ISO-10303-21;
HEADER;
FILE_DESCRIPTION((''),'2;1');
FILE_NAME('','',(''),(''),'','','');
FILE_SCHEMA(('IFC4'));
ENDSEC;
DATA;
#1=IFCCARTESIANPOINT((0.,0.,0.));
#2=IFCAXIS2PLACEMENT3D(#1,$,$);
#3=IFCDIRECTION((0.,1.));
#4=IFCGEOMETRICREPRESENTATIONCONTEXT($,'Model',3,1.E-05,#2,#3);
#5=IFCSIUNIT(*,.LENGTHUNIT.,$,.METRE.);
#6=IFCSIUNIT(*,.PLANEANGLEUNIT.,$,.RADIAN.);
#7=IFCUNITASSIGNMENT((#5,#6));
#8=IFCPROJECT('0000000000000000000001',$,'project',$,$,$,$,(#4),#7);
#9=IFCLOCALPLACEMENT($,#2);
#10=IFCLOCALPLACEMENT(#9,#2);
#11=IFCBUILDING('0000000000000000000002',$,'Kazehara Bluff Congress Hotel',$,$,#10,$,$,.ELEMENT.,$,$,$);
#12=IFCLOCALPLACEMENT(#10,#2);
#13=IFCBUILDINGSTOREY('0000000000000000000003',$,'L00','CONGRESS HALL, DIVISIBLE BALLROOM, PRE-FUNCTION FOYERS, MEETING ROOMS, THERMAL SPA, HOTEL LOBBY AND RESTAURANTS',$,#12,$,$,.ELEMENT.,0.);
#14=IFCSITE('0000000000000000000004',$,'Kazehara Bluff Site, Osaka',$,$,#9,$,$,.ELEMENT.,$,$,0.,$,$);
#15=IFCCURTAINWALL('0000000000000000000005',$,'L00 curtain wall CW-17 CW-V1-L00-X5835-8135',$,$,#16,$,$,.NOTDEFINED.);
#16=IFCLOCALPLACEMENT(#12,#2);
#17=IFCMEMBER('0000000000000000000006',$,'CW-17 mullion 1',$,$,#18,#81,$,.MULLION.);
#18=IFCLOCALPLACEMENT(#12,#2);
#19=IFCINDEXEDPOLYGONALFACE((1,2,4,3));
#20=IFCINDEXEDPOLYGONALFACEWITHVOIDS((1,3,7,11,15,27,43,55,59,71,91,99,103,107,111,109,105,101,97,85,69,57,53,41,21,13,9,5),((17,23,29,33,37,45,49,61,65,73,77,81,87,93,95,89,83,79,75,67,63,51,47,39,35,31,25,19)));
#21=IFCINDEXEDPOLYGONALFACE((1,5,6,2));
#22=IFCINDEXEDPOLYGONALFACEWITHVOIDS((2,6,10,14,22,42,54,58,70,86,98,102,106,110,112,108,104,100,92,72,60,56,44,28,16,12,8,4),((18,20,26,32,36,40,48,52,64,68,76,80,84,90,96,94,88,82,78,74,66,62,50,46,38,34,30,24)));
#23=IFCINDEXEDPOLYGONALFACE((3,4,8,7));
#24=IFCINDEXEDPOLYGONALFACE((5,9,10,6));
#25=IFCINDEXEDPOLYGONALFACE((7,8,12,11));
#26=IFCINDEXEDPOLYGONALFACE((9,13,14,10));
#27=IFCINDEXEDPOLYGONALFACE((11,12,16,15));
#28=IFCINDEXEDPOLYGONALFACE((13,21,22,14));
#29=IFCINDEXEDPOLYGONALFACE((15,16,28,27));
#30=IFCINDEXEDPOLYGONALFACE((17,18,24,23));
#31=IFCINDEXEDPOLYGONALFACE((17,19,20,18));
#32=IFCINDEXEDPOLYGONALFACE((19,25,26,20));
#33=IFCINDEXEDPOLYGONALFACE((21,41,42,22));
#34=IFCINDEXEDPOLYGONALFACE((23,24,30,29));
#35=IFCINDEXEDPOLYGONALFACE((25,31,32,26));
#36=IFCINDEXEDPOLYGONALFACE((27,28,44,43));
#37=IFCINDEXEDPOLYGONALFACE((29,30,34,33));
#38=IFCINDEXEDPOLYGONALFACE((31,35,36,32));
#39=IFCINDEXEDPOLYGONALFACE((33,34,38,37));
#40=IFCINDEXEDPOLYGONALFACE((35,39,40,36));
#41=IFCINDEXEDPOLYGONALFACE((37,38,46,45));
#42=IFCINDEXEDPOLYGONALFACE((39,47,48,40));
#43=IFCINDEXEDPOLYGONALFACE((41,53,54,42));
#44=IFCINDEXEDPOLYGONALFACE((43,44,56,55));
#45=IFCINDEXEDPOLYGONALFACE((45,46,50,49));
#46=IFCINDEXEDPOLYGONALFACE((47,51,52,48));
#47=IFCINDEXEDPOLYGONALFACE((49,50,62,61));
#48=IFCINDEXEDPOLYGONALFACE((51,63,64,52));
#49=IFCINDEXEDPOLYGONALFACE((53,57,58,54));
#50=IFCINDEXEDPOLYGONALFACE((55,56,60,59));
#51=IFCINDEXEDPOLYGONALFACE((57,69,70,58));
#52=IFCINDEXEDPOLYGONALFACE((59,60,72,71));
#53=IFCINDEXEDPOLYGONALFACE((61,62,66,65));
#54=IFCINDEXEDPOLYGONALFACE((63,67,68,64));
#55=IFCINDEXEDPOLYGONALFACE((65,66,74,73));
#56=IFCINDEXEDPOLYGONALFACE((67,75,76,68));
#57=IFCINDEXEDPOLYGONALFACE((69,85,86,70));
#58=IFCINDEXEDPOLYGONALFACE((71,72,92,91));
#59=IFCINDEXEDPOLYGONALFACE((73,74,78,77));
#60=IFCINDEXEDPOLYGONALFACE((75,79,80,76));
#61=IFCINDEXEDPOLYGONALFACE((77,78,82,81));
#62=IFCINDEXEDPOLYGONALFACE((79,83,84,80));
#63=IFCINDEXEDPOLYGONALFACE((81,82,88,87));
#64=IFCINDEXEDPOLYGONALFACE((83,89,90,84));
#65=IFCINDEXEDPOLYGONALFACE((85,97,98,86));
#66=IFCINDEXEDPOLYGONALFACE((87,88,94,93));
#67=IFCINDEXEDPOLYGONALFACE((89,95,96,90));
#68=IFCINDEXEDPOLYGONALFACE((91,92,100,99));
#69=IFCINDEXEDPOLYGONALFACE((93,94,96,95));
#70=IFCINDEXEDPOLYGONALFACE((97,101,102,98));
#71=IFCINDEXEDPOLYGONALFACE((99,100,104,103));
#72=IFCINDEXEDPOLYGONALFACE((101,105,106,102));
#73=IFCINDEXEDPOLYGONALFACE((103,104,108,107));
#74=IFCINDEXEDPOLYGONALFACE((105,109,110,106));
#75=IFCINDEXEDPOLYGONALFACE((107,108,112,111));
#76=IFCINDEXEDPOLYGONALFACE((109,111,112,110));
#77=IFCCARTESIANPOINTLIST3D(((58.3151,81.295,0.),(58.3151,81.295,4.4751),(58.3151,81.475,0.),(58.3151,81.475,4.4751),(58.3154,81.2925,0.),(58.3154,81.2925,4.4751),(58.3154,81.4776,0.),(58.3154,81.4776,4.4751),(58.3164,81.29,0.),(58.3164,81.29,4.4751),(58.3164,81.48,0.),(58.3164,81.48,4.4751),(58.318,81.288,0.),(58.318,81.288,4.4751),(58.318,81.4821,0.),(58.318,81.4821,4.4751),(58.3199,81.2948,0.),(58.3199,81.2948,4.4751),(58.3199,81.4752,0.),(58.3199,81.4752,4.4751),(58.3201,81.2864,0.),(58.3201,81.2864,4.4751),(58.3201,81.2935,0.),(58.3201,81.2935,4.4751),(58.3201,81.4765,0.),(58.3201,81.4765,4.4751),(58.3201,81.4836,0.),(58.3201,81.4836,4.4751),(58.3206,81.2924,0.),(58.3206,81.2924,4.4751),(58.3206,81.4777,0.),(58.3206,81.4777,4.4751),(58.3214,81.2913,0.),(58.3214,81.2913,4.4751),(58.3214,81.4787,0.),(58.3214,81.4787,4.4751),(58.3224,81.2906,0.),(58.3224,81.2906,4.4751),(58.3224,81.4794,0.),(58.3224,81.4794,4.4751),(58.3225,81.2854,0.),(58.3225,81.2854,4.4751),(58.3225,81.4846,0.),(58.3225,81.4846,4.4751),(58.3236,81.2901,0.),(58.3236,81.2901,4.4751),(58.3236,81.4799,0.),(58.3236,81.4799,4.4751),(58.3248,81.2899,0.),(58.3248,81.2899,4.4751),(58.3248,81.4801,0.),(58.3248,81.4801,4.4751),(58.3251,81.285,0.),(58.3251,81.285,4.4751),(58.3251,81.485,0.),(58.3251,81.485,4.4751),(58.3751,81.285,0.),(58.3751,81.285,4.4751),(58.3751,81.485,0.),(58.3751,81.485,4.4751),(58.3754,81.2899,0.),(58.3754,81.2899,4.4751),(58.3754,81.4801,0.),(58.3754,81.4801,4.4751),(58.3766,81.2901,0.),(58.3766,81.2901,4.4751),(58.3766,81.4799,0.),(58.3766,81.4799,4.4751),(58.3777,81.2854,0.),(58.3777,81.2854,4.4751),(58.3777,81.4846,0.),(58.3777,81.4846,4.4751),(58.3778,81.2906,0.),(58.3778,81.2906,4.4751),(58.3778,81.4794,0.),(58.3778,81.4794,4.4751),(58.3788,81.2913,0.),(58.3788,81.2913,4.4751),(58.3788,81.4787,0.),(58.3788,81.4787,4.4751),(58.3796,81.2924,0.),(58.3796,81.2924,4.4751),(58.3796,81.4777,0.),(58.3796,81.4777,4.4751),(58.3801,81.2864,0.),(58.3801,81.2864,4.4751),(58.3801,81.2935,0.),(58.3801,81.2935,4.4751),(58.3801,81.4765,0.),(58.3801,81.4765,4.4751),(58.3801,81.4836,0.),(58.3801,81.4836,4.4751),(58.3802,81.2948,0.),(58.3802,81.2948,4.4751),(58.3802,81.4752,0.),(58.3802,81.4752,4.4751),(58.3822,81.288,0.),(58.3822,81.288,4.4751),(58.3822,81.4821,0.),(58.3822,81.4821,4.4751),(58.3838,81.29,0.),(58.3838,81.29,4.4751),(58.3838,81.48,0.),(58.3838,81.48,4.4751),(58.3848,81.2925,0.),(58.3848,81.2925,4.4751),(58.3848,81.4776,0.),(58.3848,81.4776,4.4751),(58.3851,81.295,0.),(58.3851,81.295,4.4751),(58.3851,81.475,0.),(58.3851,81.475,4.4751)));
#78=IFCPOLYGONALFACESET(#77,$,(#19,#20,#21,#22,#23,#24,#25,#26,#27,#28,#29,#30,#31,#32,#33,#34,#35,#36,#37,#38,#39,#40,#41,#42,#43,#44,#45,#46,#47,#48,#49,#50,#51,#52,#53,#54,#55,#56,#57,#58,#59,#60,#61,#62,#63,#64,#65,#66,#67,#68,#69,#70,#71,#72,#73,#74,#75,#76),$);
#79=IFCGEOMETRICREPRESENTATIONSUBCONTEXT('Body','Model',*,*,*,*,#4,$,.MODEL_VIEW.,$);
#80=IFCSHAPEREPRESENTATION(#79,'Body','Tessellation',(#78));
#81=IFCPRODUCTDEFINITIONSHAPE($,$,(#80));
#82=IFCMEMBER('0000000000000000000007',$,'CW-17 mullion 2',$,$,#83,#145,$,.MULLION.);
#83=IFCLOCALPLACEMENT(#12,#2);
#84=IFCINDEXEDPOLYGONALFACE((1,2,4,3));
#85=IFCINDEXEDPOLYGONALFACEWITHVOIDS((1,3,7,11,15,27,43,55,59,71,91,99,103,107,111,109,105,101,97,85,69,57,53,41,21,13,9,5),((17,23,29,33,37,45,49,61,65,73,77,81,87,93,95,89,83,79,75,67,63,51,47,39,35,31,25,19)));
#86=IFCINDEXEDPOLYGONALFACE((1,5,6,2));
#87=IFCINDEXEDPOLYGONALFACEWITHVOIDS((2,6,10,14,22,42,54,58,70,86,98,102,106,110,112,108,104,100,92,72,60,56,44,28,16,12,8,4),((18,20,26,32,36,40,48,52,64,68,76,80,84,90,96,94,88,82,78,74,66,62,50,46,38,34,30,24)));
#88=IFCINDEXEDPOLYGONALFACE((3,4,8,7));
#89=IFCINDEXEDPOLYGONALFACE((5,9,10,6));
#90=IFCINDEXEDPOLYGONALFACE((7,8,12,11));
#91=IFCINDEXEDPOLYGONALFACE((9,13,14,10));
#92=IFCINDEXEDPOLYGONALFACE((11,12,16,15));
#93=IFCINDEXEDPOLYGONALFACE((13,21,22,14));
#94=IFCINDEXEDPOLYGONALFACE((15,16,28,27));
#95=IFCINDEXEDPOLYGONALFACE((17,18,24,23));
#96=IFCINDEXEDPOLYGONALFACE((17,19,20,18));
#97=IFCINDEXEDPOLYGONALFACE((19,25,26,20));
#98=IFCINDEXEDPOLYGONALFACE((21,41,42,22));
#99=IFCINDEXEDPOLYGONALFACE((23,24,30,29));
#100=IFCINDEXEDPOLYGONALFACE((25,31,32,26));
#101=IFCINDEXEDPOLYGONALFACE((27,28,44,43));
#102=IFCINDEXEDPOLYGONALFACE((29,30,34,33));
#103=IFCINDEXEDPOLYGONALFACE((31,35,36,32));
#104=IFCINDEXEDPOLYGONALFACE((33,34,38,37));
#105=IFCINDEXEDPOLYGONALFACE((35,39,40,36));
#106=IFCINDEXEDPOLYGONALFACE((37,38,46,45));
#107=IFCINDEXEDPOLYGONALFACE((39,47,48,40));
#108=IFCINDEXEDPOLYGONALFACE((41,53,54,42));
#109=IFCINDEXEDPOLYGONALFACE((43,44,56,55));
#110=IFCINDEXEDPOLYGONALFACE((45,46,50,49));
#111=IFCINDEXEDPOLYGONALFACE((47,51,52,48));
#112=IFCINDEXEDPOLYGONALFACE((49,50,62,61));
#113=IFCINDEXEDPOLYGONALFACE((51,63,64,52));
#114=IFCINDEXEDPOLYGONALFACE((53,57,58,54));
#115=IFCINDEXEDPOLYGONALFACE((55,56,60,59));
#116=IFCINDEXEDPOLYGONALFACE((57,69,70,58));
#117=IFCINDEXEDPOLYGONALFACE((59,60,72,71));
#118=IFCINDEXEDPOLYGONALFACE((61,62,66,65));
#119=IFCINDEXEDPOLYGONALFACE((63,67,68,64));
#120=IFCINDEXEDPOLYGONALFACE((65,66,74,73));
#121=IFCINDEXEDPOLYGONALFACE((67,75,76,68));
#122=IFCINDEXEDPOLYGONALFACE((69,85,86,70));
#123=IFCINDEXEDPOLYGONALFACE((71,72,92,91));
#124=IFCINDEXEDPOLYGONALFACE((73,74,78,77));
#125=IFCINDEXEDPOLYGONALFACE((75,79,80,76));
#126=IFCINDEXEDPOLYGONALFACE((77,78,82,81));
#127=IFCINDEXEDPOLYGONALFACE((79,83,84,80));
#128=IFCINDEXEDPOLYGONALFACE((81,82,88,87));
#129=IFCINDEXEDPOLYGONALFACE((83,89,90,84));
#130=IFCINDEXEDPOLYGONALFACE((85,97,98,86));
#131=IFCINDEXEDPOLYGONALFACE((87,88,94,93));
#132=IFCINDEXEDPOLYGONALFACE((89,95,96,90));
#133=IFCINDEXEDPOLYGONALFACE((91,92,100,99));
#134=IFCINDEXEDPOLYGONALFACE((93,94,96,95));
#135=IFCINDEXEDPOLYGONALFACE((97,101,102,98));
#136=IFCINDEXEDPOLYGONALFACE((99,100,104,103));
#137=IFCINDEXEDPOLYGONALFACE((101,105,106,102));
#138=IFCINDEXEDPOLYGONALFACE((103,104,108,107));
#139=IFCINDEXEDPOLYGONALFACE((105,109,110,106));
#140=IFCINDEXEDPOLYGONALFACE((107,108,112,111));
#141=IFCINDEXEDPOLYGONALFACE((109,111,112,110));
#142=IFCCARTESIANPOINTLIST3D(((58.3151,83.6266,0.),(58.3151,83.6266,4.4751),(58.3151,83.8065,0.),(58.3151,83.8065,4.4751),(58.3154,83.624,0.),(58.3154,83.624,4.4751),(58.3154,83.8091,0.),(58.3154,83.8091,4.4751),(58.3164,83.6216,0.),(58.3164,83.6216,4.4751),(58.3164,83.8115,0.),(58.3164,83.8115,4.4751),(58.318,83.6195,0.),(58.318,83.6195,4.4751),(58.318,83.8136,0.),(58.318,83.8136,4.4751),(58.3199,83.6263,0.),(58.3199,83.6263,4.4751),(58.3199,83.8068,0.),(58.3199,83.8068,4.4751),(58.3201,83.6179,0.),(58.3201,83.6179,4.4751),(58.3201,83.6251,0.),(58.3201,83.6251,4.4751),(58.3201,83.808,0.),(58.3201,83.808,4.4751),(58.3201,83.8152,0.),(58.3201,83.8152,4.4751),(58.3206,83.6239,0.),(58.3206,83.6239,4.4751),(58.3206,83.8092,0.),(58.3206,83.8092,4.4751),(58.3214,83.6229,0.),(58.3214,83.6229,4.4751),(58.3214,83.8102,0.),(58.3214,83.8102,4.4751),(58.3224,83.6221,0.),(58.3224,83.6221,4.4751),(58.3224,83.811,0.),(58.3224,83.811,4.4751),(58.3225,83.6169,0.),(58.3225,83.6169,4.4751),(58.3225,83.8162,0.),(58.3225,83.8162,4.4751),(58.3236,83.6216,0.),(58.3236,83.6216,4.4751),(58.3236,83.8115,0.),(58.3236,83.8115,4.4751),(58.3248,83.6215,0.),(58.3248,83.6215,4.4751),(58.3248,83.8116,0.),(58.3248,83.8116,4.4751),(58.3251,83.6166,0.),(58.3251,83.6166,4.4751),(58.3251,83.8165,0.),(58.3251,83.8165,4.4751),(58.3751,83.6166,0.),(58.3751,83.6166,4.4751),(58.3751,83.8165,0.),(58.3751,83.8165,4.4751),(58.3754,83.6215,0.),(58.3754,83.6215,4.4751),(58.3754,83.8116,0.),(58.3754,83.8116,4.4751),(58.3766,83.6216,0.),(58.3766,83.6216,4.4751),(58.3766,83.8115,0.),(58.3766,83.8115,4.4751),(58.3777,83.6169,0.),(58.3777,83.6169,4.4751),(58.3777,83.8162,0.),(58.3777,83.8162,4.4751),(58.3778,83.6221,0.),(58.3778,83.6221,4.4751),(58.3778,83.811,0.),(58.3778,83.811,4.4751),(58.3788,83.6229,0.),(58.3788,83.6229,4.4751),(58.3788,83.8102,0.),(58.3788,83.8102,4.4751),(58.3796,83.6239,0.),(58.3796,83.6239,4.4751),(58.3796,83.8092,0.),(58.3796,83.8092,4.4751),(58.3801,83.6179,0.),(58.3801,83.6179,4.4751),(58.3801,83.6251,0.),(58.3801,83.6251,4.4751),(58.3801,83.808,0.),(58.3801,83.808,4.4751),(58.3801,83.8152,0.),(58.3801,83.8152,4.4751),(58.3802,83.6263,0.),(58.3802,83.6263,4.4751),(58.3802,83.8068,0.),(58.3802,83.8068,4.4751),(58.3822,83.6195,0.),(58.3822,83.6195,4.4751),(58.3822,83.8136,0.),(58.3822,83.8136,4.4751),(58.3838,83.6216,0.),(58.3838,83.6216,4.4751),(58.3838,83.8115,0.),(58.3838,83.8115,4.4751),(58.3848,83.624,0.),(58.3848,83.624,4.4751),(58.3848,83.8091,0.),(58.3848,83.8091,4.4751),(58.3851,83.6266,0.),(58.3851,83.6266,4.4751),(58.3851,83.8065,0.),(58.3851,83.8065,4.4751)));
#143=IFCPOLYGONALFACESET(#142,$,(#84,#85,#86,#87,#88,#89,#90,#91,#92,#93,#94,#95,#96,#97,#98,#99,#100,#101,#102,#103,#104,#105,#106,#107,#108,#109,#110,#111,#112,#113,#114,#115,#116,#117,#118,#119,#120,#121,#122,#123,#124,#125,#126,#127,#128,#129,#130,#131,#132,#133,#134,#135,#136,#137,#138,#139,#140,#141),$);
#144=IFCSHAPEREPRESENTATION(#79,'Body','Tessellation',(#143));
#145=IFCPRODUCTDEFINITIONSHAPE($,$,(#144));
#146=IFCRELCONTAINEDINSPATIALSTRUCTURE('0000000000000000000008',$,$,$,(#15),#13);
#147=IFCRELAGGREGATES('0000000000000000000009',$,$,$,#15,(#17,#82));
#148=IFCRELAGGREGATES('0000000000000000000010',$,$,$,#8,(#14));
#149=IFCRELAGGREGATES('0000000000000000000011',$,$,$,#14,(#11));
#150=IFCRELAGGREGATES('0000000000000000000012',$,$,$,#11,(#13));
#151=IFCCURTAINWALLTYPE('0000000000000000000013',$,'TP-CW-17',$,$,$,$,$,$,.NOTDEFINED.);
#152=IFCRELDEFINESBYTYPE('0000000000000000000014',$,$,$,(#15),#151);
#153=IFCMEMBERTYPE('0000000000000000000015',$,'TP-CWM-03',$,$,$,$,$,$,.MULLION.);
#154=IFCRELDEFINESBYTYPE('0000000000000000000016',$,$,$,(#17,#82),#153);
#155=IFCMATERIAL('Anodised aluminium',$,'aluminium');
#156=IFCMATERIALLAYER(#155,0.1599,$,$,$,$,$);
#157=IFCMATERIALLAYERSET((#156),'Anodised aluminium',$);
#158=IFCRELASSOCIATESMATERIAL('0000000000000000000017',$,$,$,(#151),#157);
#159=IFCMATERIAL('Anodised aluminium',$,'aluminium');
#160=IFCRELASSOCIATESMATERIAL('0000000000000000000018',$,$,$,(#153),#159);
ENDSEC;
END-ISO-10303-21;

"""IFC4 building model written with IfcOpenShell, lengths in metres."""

from ifc_helpers import new_model, si_unit, direction, frame, origin, origin_2d, place, context, subcontext, project, spatial, hollow_rectangle, extrude, material, layer, layer_set, material_profile, profile_set, type_object, element, aggregate, save


model = new_model("IFC4")

# Units and contexts
model_context = context("Model", 3, precision=1e-05, world=origin(), true_north=direction((0.0, 1.0)))
body_context = subcontext(model_context, "Body", "Model", "MODEL_VIEW")
ifc_project = project(units=[si_unit("LENGTHUNIT", "METRE"), si_unit("PLANEANGLEUNIT", "RADIAN")], contexts=[model_context])

# Site, building, storey
site_placement = place(None, origin())
site = spatial("IfcSite", under=ifc_project, at=site_placement, Name="Kazehara Bluff Site, Osaka", CompositionType="ELEMENT", RefElevation=0.0)
building_placement = place(site_placement, origin())
building = spatial("IfcBuilding", under=site, at=building_placement, Name="Kazehara Bluff Congress Hotel", CompositionType="ELEMENT")
storey_placement = place(building_placement, origin())
storey = spatial("IfcBuildingStorey", under=building, at=storey_placement, Name="L00", Description="CONGRESS HALL, DIVISIBLE BALLROOM, PRE-FUNCTION FOYERS, MEETING ROOMS, THERMAL SPA, HOTEL LOBBY AND RESTAURANTS", CompositionType="ELEMENT", Elevation=0.0)

# Curtain wall, members
ifc_material_1 = material(Name="Anodised aluminium", Category="aluminium")
ifc_layer_1 = layer(ifc_material_1, 0.1599)
ifc_layer_set_1 = layer_set([ifc_layer_1], Name="Anodised aluminium")
curtain_wall_type = type_object("IfcCurtainWallType", Name="TP-CW-17", PredefinedType="NOTDEFINED", material=ifc_layer_set_1)
curtain_wall_placement = place(storey_placement, origin())
curtain_wall = element("IfcCurtainWall", 1, at=curtain_wall_placement, inside=storey, type_object=curtain_wall_type, Name="L00 curtain wall CW-17 CW-V1-L00-X5835-8135", PredefinedType="NOTDEFINED")
ifc_material_2 = material(Name="Anodised aluminium", Category="aluminium")
ifc_material_profile_1 = material_profile(ifc_material_2, hollow_rectangle(XDim=0.0701, YDim=0.2, WallThickness=0.0049, InnerFilletRadius=0.0049, OuterFilletRadius=0.01, at=origin_2d()))
ifc_profile_set_1 = profile_set([ifc_material_profile_1], Name="Anodised aluminium")
member_type_1 = type_object("IfcMemberType", Name="TP-CWM-03", PredefinedType="MULLION", material=ifc_profile_set_1)
member_1_placement = place(storey_placement, frame((58.3501, 81.385, 0.0), z_axis=(0.0, 0.0, 1.0), x_axis=(-1.0, 0.0, 0.0)))
member_1 = element("IfcMember", 2, at=member_1_placement, type_object=member_type_1, Name="CW-17 mullion 1", PredefinedType="MULLION", context=body_context, shape_type="SweptSolid", body=[
    extrude(hollow_rectangle(XDim=0.0701, YDim=0.2, WallThickness=0.0049, InnerFilletRadius=0.0049, OuterFilletRadius=0.01, at=origin_2d()), origin(), (0.0, 0.0, 1.0), 4.4751),
])
member_2_placement = place(storey_placement, frame((58.3501, 83.7166, 0.0), z_axis=(0.0, 0.0, 1.0), x_axis=(-1.0, 0.0, 0.0)))
member_2 = element("IfcMember", 3, at=member_2_placement, type_object=member_type_1, Name="CW-17 mullion 2", PredefinedType="MULLION", context=body_context, shape_type="SweptSolid", body=[
    extrude(hollow_rectangle(XDim=0.0701, YDim=0.2, WallThickness=0.0049, InnerFilletRadius=0.0049, OuterFilletRadius=0.01, at=origin_2d()), origin(), (0.0, 0.0, 1.0), 4.4751),
])

aggregate(curtain_wall, [member_1, member_2])

save(model, "model.ifc")
